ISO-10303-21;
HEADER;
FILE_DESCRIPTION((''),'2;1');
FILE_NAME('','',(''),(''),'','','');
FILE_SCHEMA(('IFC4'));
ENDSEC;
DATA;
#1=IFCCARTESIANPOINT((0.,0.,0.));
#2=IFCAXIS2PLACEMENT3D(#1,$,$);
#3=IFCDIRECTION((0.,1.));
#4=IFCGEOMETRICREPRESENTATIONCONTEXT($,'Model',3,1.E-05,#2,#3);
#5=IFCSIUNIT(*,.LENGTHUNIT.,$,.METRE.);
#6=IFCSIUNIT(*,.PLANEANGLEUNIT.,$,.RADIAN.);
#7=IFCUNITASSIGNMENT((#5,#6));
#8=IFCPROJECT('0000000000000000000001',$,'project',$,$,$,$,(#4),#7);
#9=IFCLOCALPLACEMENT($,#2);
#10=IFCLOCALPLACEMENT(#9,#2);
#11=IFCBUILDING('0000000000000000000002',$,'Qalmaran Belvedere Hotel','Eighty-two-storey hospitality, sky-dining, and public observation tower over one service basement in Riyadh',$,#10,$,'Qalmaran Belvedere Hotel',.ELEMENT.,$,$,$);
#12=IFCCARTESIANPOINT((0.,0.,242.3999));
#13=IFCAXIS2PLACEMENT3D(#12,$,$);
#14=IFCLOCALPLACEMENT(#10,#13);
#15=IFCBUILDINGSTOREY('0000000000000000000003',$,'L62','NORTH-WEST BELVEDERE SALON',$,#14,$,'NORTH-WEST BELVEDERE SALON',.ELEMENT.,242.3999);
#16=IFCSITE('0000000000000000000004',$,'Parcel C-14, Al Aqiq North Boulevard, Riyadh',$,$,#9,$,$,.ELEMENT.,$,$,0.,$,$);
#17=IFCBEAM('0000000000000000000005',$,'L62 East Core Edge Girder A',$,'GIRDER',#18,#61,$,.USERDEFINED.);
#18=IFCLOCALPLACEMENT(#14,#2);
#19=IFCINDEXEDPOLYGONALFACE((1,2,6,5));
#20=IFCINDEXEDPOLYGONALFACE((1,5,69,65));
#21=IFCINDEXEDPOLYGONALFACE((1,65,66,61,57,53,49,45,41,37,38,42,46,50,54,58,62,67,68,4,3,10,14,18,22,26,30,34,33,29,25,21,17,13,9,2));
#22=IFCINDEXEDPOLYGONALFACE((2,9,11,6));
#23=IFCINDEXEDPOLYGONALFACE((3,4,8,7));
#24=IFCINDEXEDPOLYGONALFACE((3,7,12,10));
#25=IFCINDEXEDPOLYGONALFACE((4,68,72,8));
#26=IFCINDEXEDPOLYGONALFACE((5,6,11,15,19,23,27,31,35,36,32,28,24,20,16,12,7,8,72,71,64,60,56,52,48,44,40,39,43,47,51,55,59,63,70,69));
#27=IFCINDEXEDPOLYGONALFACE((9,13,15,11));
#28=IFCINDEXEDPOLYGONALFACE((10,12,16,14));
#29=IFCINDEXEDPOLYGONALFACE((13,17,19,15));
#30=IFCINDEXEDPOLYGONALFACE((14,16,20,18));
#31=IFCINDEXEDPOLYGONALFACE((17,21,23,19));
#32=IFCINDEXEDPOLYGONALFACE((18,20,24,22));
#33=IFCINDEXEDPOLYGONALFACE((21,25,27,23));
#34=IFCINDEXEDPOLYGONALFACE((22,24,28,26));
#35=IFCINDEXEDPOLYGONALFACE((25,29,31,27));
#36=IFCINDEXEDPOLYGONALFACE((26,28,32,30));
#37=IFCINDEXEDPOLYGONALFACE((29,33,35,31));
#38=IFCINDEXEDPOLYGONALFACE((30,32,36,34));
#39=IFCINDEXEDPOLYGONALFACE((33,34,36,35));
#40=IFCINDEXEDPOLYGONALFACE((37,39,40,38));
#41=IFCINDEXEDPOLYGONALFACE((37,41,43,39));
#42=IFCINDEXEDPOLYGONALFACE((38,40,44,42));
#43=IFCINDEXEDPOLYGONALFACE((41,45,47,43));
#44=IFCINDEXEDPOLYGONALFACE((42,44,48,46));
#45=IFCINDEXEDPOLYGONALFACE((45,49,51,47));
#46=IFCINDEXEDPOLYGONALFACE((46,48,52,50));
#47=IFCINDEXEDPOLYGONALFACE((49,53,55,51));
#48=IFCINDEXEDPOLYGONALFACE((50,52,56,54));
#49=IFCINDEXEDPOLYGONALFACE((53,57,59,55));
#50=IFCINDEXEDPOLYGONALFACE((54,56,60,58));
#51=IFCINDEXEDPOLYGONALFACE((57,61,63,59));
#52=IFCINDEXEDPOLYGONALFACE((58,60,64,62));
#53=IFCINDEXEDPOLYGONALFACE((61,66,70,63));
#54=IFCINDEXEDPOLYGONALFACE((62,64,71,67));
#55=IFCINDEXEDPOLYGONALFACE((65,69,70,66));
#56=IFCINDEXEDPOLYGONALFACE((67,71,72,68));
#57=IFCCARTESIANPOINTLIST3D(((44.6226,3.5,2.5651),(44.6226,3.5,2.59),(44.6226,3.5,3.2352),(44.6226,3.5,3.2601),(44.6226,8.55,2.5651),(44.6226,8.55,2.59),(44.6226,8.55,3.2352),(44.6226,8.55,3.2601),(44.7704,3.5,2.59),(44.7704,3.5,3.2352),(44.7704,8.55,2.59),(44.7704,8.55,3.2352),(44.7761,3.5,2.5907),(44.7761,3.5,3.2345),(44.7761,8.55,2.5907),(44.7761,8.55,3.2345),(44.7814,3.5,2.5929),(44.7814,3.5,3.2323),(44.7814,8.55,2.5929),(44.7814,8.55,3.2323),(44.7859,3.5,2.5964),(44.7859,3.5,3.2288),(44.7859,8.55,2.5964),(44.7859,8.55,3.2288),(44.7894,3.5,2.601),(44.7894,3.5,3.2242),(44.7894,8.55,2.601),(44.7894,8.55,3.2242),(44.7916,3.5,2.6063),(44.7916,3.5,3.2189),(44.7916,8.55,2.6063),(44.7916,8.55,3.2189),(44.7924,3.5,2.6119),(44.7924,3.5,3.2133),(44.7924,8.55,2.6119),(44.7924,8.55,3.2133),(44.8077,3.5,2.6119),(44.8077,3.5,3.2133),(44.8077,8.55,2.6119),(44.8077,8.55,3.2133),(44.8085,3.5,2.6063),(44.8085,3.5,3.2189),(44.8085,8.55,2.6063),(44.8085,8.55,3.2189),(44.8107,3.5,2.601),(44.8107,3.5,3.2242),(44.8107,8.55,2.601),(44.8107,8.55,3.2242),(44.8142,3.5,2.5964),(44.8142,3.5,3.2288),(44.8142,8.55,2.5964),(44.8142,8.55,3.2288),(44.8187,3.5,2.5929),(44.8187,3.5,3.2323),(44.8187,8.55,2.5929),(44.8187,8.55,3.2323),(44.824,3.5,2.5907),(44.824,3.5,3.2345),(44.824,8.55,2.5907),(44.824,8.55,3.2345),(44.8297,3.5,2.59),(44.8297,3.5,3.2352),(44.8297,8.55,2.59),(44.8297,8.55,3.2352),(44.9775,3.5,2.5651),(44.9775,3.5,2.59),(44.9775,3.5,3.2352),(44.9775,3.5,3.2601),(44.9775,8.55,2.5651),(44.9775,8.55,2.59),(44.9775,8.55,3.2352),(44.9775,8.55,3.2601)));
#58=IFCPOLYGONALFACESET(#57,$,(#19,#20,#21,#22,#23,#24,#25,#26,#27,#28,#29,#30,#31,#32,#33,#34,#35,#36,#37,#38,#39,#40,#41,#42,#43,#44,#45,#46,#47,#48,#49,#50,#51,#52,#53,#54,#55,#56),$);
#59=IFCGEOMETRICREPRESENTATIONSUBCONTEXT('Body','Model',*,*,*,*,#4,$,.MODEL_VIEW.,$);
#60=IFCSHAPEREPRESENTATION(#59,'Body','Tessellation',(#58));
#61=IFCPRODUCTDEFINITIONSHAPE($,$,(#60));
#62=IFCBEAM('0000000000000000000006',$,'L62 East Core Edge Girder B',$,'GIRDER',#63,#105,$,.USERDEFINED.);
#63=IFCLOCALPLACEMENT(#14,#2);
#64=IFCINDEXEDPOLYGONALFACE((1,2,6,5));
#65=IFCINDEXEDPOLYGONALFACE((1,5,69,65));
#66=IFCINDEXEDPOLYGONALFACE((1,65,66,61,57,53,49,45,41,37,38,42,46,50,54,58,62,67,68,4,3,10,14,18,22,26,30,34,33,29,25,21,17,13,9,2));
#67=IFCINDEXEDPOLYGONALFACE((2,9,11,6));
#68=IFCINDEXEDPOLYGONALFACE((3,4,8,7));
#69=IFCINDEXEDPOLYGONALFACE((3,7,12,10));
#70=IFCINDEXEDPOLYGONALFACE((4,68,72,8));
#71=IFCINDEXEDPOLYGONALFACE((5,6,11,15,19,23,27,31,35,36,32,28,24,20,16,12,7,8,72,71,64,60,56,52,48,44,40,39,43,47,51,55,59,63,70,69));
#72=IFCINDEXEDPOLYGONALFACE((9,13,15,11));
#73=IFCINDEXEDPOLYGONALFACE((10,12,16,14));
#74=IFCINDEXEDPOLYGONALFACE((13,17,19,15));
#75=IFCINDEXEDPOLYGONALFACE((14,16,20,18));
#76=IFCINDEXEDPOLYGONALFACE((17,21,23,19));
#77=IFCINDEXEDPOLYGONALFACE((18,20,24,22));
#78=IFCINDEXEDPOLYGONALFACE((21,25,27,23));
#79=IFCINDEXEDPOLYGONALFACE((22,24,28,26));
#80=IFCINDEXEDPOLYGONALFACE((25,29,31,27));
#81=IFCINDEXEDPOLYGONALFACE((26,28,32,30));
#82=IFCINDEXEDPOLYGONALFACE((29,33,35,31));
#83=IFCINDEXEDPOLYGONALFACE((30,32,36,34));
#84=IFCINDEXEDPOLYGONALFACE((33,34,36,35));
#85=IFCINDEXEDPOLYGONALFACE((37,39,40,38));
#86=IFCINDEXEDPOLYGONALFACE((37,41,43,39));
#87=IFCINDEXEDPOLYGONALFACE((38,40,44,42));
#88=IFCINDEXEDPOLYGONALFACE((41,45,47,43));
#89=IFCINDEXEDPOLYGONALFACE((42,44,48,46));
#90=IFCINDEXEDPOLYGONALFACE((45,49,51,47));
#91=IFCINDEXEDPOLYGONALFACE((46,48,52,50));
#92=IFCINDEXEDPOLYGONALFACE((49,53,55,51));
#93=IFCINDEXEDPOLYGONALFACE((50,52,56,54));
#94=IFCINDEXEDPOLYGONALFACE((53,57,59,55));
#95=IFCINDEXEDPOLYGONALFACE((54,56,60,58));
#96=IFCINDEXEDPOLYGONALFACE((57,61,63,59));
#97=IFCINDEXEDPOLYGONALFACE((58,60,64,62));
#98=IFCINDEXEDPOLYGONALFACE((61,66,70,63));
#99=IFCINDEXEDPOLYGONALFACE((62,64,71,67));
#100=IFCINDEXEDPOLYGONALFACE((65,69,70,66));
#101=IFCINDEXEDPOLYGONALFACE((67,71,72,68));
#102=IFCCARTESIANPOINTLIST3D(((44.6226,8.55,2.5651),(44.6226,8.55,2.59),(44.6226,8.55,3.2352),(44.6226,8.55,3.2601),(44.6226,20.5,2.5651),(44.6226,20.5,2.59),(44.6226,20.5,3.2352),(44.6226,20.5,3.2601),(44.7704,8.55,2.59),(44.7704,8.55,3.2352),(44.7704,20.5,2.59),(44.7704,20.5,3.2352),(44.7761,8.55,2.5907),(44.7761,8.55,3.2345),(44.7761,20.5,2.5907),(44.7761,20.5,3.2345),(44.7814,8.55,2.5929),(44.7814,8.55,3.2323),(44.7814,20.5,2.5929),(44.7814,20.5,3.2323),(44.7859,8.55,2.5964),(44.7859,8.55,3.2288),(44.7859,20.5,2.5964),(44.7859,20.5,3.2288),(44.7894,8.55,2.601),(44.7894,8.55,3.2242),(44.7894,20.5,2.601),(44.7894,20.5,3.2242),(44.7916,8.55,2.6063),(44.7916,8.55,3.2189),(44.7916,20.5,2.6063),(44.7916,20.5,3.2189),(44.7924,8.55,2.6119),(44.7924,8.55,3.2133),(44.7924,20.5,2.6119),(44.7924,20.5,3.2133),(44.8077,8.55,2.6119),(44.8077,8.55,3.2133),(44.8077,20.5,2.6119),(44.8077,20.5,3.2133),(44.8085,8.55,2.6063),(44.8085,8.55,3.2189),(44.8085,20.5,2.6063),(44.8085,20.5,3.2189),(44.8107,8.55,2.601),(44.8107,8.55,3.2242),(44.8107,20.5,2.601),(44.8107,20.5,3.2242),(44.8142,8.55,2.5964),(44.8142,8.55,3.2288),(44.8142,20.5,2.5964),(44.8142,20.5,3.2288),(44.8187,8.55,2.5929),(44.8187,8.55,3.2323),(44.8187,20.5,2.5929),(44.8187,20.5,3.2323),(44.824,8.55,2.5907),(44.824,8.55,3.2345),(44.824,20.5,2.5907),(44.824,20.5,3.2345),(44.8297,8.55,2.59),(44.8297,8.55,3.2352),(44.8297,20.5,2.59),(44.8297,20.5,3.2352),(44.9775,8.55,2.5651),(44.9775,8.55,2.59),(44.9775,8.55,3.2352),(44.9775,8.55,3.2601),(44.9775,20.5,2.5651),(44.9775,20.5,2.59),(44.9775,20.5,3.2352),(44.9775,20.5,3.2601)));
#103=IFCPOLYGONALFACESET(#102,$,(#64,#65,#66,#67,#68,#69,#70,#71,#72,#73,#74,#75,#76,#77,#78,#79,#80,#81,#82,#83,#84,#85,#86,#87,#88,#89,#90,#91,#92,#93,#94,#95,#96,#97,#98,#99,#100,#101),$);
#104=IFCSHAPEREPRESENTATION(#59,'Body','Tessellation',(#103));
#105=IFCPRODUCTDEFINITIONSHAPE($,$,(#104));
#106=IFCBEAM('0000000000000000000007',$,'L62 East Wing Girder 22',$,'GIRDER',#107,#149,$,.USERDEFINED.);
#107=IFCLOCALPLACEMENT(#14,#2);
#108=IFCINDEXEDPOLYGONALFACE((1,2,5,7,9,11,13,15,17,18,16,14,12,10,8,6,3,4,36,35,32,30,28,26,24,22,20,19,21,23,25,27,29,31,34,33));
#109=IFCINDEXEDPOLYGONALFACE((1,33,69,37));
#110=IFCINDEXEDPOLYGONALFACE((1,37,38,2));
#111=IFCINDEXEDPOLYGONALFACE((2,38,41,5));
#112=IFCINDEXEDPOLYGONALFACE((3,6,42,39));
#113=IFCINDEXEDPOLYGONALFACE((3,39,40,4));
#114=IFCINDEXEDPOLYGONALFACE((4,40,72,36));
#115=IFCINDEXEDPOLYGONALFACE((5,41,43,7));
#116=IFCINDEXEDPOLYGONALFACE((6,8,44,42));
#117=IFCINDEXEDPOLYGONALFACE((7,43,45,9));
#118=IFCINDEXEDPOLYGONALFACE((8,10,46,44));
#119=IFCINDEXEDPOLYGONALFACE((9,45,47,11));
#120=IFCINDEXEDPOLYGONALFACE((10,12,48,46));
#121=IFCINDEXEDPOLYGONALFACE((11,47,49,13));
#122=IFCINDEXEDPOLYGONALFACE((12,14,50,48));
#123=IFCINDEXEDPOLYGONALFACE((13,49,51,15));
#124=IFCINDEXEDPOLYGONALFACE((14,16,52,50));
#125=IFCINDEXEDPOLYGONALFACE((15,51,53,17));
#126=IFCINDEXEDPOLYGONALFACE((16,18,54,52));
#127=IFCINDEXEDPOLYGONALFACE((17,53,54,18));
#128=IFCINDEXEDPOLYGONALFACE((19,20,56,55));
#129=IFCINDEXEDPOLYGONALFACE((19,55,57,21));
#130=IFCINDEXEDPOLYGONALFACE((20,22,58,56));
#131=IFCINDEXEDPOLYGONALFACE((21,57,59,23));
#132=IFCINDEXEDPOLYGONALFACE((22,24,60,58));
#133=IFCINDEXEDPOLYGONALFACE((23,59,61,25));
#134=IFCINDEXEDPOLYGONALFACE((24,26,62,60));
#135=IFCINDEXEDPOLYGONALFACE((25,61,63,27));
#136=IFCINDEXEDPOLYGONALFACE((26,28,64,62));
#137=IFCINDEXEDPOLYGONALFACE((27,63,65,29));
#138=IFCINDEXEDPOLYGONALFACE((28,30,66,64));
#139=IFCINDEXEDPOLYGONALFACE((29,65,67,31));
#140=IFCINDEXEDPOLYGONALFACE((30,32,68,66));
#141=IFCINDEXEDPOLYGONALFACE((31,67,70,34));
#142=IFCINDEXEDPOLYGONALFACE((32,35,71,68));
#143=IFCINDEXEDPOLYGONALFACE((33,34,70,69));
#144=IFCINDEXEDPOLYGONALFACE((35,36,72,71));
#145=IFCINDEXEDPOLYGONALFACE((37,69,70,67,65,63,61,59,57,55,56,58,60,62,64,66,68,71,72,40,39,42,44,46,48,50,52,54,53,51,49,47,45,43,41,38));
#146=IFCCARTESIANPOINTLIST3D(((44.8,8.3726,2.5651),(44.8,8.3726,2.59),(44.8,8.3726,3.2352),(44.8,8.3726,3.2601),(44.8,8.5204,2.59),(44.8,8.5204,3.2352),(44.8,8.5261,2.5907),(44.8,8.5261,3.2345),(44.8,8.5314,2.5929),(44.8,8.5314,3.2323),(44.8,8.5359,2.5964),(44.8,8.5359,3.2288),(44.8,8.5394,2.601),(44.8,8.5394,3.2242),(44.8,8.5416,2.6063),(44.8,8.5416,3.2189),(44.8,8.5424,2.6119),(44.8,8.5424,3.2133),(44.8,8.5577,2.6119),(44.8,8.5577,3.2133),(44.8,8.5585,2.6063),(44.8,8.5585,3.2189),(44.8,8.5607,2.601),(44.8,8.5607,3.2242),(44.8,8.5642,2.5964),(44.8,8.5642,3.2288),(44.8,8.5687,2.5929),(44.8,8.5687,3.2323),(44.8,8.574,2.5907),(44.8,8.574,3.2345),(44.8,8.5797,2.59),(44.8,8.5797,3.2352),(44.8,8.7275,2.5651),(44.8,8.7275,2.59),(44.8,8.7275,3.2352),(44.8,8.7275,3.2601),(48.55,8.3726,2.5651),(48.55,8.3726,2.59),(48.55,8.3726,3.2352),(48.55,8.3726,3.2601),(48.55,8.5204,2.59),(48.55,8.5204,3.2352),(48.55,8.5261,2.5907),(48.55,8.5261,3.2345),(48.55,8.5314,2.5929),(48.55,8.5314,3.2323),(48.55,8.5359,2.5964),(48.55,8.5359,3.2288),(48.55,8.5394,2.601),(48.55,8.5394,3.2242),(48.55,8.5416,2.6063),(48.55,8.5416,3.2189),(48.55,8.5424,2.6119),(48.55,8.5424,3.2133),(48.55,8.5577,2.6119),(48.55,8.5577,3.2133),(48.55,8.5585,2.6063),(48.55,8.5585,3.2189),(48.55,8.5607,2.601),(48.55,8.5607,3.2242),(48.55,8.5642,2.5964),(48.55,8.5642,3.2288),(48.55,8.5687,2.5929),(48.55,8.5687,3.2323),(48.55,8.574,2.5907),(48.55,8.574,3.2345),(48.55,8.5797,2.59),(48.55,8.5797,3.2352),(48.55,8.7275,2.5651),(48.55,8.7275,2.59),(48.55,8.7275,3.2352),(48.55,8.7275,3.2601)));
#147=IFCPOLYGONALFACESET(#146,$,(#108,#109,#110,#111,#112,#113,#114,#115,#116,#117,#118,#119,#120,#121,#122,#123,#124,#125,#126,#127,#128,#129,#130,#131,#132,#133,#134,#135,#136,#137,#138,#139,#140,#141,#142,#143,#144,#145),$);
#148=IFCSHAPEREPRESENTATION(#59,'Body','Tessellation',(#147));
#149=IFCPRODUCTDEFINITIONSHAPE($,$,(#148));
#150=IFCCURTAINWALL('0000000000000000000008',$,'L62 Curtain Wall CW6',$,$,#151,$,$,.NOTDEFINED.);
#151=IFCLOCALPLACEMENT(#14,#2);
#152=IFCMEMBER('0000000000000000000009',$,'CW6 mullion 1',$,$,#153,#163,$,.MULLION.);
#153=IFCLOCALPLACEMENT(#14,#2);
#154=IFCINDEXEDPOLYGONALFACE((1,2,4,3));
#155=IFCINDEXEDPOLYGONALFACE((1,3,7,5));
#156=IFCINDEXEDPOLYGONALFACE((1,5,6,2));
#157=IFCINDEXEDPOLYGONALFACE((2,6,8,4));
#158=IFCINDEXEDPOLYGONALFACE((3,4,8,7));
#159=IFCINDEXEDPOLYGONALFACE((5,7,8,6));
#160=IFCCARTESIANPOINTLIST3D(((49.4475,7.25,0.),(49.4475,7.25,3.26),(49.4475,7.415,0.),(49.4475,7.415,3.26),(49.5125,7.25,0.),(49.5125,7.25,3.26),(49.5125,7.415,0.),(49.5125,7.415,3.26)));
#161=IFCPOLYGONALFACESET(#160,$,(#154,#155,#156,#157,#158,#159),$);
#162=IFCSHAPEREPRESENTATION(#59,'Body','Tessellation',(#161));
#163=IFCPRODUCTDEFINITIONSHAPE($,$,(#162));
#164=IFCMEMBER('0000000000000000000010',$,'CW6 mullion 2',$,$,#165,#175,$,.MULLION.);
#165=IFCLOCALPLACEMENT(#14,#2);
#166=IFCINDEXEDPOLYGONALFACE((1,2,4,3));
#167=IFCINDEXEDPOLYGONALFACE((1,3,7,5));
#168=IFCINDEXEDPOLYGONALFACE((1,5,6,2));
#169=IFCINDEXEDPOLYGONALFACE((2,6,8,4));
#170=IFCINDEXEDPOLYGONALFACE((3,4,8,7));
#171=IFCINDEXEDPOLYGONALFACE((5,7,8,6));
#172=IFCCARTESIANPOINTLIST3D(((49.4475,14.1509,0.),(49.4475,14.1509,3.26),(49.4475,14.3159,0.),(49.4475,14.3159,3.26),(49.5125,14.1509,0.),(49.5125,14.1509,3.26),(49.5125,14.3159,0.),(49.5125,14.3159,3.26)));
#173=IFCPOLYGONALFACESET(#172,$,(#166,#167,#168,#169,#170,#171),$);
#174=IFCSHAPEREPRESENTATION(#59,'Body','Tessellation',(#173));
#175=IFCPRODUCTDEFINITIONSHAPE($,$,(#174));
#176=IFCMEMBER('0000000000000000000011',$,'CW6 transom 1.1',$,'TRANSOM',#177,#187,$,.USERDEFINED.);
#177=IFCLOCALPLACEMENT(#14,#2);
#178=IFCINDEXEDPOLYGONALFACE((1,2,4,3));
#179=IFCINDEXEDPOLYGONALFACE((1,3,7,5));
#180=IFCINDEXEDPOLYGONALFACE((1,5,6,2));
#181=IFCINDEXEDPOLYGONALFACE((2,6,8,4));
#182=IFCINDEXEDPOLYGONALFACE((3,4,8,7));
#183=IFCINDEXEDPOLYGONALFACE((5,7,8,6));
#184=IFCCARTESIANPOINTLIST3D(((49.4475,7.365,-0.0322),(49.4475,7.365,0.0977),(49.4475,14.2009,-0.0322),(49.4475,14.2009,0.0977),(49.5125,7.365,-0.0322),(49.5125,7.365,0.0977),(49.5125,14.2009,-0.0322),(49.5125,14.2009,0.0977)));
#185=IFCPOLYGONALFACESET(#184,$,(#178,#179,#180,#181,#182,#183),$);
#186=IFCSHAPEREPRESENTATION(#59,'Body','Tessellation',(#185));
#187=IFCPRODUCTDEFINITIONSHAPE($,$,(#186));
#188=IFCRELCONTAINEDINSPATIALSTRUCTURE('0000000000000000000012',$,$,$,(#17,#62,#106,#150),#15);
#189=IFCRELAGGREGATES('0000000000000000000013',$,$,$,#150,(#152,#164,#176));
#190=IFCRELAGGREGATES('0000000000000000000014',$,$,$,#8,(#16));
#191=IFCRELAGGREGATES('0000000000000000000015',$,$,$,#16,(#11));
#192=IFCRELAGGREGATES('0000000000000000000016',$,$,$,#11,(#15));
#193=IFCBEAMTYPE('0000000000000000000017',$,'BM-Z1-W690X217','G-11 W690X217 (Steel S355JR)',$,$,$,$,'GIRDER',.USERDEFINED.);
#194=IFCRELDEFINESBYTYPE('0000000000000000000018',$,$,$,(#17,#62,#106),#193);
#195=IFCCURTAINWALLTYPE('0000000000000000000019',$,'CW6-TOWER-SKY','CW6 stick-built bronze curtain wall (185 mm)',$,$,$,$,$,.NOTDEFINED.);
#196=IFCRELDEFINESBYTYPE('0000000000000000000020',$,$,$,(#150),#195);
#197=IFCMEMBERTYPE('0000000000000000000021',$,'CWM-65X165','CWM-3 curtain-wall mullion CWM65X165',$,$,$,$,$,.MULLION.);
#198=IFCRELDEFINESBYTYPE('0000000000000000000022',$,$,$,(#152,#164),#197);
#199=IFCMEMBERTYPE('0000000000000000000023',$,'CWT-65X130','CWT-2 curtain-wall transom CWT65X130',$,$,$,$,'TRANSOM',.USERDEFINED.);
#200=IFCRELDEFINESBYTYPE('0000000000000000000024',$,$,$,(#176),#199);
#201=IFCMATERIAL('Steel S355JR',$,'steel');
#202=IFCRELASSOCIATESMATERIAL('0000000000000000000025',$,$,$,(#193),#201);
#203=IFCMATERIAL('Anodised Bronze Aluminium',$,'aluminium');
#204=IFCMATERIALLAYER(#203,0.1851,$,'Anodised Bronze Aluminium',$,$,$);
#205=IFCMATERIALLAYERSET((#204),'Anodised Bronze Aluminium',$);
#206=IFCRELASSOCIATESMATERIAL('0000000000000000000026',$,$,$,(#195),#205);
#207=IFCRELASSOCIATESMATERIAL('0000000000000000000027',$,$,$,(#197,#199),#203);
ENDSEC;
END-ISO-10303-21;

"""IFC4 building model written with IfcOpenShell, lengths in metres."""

from ifc_helpers import new_model, si_unit, direction, frame, origin, origin_2d, place, context, subcontext, project, spatial, rectangle, i_section, extrude, material, layer, layer_set, material_profile, profile_set, type_object, element, aggregate, save


model = new_model("IFC4")

# Units and contexts
model_context = context("Model", 3, precision=1e-05, world=origin(), true_north=direction((0.0, 1.0)))
body_context = subcontext(model_context, "Body", "Model", "MODEL_VIEW")
ifc_project = project(units=[si_unit("LENGTHUNIT", "METRE"), si_unit("PLANEANGLEUNIT", "RADIAN")], contexts=[model_context])

# Site, building, storey
site_placement = place(None, origin())
site = spatial("IfcSite", under=ifc_project, at=site_placement, Name="Parcel C-14, Al Aqiq North Boulevard, Riyadh", CompositionType="ELEMENT", RefElevation=0.0)
building_placement = place(site_placement, origin())
building = spatial("IfcBuilding", under=site, at=building_placement, Name="Qalmaran Belvedere Hotel", Description="Eighty-two-storey hospitality, sky-dining, and public observation tower over one service basement in Riyadh", LongName="Qalmaran Belvedere Hotel", CompositionType="ELEMENT")
storey_placement = place(building_placement, frame((0.0, 0.0, 242.3999)))
storey = spatial("IfcBuildingStorey", under=building, at=storey_placement, Name="L62", Description="NORTH-WEST BELVEDERE SALON", LongName="NORTH-WEST BELVEDERE SALON", CompositionType="ELEMENT", Elevation=242.3999)

# Beams
ifc_material_1 = material(Name="Steel S355JR", Category="steel")
ifc_material_profile_1 = material_profile(ifc_material_1, i_section(OverallWidth=0.355, OverallDepth=0.6951, WebThickness=0.0154, FlangeThickness=0.0249, FilletRadius=0.022, at=origin_2d()), Name="W690X217")
ifc_profile_set_1 = profile_set([ifc_material_profile_1], Name="Steel S355JR")
beam_type_1 = type_object("IfcBeamType", Name="BM-Z1-W690X217", Description="G-11 W690X217 (Steel S355JR)", ElementType="GIRDER", PredefinedType="USERDEFINED", material=ifc_profile_set_1)
beam_1_placement = place(storey_placement, frame((44.8, 3.5, 2.9126), z_axis=(0.0, 1.0, 0.0), x_axis=(-1.0, 0.0, 0.0)))
element("IfcBeam", 1, at=beam_1_placement, inside=storey, type_object=beam_type_1, Name="L62 East Core Edge Girder A", ObjectType="GIRDER", PredefinedType="USERDEFINED", context=body_context, shape_type="SweptSolid", body=[
    extrude(i_section(OverallWidth=0.355, OverallDepth=0.6951, WebThickness=0.0154, FlangeThickness=0.0249, FilletRadius=0.022, at=origin_2d()), origin(), (0.0, 0.0, 1.0), 5.05),
])
beam_2_placement = place(storey_placement, frame((44.8, 8.55, 2.9126), z_axis=(0.0, 1.0, 0.0), x_axis=(-1.0, 0.0, 0.0)))
element("IfcBeam", 2, at=beam_2_placement, inside=storey, type_object=beam_type_1, Name="L62 East Core Edge Girder B", ObjectType="GIRDER", PredefinedType="USERDEFINED", context=body_context, shape_type="SweptSolid", body=[
    extrude(i_section(OverallWidth=0.355, OverallDepth=0.6951, WebThickness=0.0154, FlangeThickness=0.0249, FilletRadius=0.022, at=origin_2d()), origin(), (0.0, 0.0, 1.0), 11.95),
])
beam_3_placement = place(storey_placement, frame((44.8, 8.55, 2.9126), z_axis=(1.0, 0.0, 0.0), x_axis=(0.0, 1.0, 0.0)))
element("IfcBeam", 3, at=beam_3_placement, inside=storey, type_object=beam_type_1, Name="L62 East Wing Girder 22", ObjectType="GIRDER", PredefinedType="USERDEFINED", context=body_context, shape_type="SweptSolid", body=[
    extrude(i_section(OverallWidth=0.355, OverallDepth=0.6951, WebThickness=0.0154, FlangeThickness=0.0249, FilletRadius=0.022, at=origin_2d()), origin(), (0.0, 0.0, 1.0), 3.75),
])

# Curtain wall, members
ifc_material_2 = material(Name="Anodised Bronze Aluminium", Category="aluminium")
ifc_layer_1 = layer(ifc_material_2, 0.1851, Name="Anodised Bronze Aluminium")
ifc_layer_set_1 = layer_set([ifc_layer_1], Name="Anodised Bronze Aluminium")
curtain_wall_type = type_object("IfcCurtainWallType", Name="CW6-TOWER-SKY", Description="CW6 stick-built bronze curtain wall (185 mm)", PredefinedType="NOTDEFINED", material=ifc_layer_set_1)
curtain_wall_placement = place(storey_placement, origin())
curtain_wall = element("IfcCurtainWall", 4, at=curtain_wall_placement, inside=storey, type_object=curtain_wall_type, Name="L62 Curtain Wall CW6", PredefinedType="NOTDEFINED")
ifc_material_profile_2 = material_profile(ifc_material_2, rectangle(XDim=0.0649, YDim=0.165, at=origin_2d()), Name="CWM65X165")
ifc_profile_set_2 = profile_set([ifc_material_profile_2], Name="Anodised Bronze Aluminium")
member_type_1 = type_object("IfcMemberType", Name="CWM-65X165", Description="CWM-3 curtain-wall mullion CWM65X165", PredefinedType="MULLION", material=ifc_profile_set_2)
member_1_placement = place(storey_placement, frame((49.48, 7.3325, 0.0), z_axis=(0.0, 0.0, 1.0), x_axis=(-1.0, 0.0, 0.0)))
member_1 = element("IfcMember", 5, at=member_1_placement, type_object=member_type_1, Name="CW6 mullion 1", PredefinedType="MULLION", context=body_context, shape_type="SweptSolid", body=[
    extrude(rectangle(XDim=0.0649, YDim=0.165, at=origin_2d()), origin(), (0.0, 0.0, 1.0), 3.26),
])
member_2_placement = place(storey_placement, frame((49.48, 14.2334, 0.0), z_axis=(0.0, 0.0, 1.0), x_axis=(-1.0, 0.0, 0.0)))
member_2 = element("IfcMember", 6, at=member_2_placement, type_object=member_type_1, Name="CW6 mullion 2", PredefinedType="MULLION", context=body_context, shape_type="SweptSolid", body=[
    extrude(rectangle(XDim=0.0649, YDim=0.165, at=origin_2d()), origin(), (0.0, 0.0, 1.0), 3.26),
])
ifc_material_profile_3 = material_profile(ifc_material_2, rectangle(XDim=0.0649, YDim=0.1299, at=origin_2d()), Name="CWT65X130")
ifc_profile_set_3 = profile_set([ifc_material_profile_3], Name="Anodised Bronze Aluminium")
member_type_2 = type_object("IfcMemberType", Name="CWT-65X130", Description="CWT-2 curtain-wall transom CWT65X130", ElementType="TRANSOM", PredefinedType="USERDEFINED", material=ifc_profile_set_3)
member_3_placement = place(storey_placement, frame((49.48, 7.365, 0.0327), z_axis=(0.0, 1.0, 0.0), x_axis=(-1.0, 0.0, 0.0)))
member_3 = element("IfcMember", 7, at=member_3_placement, type_object=member_type_2, Name="CW6 transom 1.1", ObjectType="TRANSOM", PredefinedType="USERDEFINED", context=body_context, shape_type="SweptSolid", body=[
    extrude(rectangle(XDim=0.0649, YDim=0.1299, at=origin_2d()), origin(), (0.0, 0.0, 1.0), 6.8359),
])
aggregate(curtain_wall, [member_1, member_2, member_3])

save(model, "model.ifc")
